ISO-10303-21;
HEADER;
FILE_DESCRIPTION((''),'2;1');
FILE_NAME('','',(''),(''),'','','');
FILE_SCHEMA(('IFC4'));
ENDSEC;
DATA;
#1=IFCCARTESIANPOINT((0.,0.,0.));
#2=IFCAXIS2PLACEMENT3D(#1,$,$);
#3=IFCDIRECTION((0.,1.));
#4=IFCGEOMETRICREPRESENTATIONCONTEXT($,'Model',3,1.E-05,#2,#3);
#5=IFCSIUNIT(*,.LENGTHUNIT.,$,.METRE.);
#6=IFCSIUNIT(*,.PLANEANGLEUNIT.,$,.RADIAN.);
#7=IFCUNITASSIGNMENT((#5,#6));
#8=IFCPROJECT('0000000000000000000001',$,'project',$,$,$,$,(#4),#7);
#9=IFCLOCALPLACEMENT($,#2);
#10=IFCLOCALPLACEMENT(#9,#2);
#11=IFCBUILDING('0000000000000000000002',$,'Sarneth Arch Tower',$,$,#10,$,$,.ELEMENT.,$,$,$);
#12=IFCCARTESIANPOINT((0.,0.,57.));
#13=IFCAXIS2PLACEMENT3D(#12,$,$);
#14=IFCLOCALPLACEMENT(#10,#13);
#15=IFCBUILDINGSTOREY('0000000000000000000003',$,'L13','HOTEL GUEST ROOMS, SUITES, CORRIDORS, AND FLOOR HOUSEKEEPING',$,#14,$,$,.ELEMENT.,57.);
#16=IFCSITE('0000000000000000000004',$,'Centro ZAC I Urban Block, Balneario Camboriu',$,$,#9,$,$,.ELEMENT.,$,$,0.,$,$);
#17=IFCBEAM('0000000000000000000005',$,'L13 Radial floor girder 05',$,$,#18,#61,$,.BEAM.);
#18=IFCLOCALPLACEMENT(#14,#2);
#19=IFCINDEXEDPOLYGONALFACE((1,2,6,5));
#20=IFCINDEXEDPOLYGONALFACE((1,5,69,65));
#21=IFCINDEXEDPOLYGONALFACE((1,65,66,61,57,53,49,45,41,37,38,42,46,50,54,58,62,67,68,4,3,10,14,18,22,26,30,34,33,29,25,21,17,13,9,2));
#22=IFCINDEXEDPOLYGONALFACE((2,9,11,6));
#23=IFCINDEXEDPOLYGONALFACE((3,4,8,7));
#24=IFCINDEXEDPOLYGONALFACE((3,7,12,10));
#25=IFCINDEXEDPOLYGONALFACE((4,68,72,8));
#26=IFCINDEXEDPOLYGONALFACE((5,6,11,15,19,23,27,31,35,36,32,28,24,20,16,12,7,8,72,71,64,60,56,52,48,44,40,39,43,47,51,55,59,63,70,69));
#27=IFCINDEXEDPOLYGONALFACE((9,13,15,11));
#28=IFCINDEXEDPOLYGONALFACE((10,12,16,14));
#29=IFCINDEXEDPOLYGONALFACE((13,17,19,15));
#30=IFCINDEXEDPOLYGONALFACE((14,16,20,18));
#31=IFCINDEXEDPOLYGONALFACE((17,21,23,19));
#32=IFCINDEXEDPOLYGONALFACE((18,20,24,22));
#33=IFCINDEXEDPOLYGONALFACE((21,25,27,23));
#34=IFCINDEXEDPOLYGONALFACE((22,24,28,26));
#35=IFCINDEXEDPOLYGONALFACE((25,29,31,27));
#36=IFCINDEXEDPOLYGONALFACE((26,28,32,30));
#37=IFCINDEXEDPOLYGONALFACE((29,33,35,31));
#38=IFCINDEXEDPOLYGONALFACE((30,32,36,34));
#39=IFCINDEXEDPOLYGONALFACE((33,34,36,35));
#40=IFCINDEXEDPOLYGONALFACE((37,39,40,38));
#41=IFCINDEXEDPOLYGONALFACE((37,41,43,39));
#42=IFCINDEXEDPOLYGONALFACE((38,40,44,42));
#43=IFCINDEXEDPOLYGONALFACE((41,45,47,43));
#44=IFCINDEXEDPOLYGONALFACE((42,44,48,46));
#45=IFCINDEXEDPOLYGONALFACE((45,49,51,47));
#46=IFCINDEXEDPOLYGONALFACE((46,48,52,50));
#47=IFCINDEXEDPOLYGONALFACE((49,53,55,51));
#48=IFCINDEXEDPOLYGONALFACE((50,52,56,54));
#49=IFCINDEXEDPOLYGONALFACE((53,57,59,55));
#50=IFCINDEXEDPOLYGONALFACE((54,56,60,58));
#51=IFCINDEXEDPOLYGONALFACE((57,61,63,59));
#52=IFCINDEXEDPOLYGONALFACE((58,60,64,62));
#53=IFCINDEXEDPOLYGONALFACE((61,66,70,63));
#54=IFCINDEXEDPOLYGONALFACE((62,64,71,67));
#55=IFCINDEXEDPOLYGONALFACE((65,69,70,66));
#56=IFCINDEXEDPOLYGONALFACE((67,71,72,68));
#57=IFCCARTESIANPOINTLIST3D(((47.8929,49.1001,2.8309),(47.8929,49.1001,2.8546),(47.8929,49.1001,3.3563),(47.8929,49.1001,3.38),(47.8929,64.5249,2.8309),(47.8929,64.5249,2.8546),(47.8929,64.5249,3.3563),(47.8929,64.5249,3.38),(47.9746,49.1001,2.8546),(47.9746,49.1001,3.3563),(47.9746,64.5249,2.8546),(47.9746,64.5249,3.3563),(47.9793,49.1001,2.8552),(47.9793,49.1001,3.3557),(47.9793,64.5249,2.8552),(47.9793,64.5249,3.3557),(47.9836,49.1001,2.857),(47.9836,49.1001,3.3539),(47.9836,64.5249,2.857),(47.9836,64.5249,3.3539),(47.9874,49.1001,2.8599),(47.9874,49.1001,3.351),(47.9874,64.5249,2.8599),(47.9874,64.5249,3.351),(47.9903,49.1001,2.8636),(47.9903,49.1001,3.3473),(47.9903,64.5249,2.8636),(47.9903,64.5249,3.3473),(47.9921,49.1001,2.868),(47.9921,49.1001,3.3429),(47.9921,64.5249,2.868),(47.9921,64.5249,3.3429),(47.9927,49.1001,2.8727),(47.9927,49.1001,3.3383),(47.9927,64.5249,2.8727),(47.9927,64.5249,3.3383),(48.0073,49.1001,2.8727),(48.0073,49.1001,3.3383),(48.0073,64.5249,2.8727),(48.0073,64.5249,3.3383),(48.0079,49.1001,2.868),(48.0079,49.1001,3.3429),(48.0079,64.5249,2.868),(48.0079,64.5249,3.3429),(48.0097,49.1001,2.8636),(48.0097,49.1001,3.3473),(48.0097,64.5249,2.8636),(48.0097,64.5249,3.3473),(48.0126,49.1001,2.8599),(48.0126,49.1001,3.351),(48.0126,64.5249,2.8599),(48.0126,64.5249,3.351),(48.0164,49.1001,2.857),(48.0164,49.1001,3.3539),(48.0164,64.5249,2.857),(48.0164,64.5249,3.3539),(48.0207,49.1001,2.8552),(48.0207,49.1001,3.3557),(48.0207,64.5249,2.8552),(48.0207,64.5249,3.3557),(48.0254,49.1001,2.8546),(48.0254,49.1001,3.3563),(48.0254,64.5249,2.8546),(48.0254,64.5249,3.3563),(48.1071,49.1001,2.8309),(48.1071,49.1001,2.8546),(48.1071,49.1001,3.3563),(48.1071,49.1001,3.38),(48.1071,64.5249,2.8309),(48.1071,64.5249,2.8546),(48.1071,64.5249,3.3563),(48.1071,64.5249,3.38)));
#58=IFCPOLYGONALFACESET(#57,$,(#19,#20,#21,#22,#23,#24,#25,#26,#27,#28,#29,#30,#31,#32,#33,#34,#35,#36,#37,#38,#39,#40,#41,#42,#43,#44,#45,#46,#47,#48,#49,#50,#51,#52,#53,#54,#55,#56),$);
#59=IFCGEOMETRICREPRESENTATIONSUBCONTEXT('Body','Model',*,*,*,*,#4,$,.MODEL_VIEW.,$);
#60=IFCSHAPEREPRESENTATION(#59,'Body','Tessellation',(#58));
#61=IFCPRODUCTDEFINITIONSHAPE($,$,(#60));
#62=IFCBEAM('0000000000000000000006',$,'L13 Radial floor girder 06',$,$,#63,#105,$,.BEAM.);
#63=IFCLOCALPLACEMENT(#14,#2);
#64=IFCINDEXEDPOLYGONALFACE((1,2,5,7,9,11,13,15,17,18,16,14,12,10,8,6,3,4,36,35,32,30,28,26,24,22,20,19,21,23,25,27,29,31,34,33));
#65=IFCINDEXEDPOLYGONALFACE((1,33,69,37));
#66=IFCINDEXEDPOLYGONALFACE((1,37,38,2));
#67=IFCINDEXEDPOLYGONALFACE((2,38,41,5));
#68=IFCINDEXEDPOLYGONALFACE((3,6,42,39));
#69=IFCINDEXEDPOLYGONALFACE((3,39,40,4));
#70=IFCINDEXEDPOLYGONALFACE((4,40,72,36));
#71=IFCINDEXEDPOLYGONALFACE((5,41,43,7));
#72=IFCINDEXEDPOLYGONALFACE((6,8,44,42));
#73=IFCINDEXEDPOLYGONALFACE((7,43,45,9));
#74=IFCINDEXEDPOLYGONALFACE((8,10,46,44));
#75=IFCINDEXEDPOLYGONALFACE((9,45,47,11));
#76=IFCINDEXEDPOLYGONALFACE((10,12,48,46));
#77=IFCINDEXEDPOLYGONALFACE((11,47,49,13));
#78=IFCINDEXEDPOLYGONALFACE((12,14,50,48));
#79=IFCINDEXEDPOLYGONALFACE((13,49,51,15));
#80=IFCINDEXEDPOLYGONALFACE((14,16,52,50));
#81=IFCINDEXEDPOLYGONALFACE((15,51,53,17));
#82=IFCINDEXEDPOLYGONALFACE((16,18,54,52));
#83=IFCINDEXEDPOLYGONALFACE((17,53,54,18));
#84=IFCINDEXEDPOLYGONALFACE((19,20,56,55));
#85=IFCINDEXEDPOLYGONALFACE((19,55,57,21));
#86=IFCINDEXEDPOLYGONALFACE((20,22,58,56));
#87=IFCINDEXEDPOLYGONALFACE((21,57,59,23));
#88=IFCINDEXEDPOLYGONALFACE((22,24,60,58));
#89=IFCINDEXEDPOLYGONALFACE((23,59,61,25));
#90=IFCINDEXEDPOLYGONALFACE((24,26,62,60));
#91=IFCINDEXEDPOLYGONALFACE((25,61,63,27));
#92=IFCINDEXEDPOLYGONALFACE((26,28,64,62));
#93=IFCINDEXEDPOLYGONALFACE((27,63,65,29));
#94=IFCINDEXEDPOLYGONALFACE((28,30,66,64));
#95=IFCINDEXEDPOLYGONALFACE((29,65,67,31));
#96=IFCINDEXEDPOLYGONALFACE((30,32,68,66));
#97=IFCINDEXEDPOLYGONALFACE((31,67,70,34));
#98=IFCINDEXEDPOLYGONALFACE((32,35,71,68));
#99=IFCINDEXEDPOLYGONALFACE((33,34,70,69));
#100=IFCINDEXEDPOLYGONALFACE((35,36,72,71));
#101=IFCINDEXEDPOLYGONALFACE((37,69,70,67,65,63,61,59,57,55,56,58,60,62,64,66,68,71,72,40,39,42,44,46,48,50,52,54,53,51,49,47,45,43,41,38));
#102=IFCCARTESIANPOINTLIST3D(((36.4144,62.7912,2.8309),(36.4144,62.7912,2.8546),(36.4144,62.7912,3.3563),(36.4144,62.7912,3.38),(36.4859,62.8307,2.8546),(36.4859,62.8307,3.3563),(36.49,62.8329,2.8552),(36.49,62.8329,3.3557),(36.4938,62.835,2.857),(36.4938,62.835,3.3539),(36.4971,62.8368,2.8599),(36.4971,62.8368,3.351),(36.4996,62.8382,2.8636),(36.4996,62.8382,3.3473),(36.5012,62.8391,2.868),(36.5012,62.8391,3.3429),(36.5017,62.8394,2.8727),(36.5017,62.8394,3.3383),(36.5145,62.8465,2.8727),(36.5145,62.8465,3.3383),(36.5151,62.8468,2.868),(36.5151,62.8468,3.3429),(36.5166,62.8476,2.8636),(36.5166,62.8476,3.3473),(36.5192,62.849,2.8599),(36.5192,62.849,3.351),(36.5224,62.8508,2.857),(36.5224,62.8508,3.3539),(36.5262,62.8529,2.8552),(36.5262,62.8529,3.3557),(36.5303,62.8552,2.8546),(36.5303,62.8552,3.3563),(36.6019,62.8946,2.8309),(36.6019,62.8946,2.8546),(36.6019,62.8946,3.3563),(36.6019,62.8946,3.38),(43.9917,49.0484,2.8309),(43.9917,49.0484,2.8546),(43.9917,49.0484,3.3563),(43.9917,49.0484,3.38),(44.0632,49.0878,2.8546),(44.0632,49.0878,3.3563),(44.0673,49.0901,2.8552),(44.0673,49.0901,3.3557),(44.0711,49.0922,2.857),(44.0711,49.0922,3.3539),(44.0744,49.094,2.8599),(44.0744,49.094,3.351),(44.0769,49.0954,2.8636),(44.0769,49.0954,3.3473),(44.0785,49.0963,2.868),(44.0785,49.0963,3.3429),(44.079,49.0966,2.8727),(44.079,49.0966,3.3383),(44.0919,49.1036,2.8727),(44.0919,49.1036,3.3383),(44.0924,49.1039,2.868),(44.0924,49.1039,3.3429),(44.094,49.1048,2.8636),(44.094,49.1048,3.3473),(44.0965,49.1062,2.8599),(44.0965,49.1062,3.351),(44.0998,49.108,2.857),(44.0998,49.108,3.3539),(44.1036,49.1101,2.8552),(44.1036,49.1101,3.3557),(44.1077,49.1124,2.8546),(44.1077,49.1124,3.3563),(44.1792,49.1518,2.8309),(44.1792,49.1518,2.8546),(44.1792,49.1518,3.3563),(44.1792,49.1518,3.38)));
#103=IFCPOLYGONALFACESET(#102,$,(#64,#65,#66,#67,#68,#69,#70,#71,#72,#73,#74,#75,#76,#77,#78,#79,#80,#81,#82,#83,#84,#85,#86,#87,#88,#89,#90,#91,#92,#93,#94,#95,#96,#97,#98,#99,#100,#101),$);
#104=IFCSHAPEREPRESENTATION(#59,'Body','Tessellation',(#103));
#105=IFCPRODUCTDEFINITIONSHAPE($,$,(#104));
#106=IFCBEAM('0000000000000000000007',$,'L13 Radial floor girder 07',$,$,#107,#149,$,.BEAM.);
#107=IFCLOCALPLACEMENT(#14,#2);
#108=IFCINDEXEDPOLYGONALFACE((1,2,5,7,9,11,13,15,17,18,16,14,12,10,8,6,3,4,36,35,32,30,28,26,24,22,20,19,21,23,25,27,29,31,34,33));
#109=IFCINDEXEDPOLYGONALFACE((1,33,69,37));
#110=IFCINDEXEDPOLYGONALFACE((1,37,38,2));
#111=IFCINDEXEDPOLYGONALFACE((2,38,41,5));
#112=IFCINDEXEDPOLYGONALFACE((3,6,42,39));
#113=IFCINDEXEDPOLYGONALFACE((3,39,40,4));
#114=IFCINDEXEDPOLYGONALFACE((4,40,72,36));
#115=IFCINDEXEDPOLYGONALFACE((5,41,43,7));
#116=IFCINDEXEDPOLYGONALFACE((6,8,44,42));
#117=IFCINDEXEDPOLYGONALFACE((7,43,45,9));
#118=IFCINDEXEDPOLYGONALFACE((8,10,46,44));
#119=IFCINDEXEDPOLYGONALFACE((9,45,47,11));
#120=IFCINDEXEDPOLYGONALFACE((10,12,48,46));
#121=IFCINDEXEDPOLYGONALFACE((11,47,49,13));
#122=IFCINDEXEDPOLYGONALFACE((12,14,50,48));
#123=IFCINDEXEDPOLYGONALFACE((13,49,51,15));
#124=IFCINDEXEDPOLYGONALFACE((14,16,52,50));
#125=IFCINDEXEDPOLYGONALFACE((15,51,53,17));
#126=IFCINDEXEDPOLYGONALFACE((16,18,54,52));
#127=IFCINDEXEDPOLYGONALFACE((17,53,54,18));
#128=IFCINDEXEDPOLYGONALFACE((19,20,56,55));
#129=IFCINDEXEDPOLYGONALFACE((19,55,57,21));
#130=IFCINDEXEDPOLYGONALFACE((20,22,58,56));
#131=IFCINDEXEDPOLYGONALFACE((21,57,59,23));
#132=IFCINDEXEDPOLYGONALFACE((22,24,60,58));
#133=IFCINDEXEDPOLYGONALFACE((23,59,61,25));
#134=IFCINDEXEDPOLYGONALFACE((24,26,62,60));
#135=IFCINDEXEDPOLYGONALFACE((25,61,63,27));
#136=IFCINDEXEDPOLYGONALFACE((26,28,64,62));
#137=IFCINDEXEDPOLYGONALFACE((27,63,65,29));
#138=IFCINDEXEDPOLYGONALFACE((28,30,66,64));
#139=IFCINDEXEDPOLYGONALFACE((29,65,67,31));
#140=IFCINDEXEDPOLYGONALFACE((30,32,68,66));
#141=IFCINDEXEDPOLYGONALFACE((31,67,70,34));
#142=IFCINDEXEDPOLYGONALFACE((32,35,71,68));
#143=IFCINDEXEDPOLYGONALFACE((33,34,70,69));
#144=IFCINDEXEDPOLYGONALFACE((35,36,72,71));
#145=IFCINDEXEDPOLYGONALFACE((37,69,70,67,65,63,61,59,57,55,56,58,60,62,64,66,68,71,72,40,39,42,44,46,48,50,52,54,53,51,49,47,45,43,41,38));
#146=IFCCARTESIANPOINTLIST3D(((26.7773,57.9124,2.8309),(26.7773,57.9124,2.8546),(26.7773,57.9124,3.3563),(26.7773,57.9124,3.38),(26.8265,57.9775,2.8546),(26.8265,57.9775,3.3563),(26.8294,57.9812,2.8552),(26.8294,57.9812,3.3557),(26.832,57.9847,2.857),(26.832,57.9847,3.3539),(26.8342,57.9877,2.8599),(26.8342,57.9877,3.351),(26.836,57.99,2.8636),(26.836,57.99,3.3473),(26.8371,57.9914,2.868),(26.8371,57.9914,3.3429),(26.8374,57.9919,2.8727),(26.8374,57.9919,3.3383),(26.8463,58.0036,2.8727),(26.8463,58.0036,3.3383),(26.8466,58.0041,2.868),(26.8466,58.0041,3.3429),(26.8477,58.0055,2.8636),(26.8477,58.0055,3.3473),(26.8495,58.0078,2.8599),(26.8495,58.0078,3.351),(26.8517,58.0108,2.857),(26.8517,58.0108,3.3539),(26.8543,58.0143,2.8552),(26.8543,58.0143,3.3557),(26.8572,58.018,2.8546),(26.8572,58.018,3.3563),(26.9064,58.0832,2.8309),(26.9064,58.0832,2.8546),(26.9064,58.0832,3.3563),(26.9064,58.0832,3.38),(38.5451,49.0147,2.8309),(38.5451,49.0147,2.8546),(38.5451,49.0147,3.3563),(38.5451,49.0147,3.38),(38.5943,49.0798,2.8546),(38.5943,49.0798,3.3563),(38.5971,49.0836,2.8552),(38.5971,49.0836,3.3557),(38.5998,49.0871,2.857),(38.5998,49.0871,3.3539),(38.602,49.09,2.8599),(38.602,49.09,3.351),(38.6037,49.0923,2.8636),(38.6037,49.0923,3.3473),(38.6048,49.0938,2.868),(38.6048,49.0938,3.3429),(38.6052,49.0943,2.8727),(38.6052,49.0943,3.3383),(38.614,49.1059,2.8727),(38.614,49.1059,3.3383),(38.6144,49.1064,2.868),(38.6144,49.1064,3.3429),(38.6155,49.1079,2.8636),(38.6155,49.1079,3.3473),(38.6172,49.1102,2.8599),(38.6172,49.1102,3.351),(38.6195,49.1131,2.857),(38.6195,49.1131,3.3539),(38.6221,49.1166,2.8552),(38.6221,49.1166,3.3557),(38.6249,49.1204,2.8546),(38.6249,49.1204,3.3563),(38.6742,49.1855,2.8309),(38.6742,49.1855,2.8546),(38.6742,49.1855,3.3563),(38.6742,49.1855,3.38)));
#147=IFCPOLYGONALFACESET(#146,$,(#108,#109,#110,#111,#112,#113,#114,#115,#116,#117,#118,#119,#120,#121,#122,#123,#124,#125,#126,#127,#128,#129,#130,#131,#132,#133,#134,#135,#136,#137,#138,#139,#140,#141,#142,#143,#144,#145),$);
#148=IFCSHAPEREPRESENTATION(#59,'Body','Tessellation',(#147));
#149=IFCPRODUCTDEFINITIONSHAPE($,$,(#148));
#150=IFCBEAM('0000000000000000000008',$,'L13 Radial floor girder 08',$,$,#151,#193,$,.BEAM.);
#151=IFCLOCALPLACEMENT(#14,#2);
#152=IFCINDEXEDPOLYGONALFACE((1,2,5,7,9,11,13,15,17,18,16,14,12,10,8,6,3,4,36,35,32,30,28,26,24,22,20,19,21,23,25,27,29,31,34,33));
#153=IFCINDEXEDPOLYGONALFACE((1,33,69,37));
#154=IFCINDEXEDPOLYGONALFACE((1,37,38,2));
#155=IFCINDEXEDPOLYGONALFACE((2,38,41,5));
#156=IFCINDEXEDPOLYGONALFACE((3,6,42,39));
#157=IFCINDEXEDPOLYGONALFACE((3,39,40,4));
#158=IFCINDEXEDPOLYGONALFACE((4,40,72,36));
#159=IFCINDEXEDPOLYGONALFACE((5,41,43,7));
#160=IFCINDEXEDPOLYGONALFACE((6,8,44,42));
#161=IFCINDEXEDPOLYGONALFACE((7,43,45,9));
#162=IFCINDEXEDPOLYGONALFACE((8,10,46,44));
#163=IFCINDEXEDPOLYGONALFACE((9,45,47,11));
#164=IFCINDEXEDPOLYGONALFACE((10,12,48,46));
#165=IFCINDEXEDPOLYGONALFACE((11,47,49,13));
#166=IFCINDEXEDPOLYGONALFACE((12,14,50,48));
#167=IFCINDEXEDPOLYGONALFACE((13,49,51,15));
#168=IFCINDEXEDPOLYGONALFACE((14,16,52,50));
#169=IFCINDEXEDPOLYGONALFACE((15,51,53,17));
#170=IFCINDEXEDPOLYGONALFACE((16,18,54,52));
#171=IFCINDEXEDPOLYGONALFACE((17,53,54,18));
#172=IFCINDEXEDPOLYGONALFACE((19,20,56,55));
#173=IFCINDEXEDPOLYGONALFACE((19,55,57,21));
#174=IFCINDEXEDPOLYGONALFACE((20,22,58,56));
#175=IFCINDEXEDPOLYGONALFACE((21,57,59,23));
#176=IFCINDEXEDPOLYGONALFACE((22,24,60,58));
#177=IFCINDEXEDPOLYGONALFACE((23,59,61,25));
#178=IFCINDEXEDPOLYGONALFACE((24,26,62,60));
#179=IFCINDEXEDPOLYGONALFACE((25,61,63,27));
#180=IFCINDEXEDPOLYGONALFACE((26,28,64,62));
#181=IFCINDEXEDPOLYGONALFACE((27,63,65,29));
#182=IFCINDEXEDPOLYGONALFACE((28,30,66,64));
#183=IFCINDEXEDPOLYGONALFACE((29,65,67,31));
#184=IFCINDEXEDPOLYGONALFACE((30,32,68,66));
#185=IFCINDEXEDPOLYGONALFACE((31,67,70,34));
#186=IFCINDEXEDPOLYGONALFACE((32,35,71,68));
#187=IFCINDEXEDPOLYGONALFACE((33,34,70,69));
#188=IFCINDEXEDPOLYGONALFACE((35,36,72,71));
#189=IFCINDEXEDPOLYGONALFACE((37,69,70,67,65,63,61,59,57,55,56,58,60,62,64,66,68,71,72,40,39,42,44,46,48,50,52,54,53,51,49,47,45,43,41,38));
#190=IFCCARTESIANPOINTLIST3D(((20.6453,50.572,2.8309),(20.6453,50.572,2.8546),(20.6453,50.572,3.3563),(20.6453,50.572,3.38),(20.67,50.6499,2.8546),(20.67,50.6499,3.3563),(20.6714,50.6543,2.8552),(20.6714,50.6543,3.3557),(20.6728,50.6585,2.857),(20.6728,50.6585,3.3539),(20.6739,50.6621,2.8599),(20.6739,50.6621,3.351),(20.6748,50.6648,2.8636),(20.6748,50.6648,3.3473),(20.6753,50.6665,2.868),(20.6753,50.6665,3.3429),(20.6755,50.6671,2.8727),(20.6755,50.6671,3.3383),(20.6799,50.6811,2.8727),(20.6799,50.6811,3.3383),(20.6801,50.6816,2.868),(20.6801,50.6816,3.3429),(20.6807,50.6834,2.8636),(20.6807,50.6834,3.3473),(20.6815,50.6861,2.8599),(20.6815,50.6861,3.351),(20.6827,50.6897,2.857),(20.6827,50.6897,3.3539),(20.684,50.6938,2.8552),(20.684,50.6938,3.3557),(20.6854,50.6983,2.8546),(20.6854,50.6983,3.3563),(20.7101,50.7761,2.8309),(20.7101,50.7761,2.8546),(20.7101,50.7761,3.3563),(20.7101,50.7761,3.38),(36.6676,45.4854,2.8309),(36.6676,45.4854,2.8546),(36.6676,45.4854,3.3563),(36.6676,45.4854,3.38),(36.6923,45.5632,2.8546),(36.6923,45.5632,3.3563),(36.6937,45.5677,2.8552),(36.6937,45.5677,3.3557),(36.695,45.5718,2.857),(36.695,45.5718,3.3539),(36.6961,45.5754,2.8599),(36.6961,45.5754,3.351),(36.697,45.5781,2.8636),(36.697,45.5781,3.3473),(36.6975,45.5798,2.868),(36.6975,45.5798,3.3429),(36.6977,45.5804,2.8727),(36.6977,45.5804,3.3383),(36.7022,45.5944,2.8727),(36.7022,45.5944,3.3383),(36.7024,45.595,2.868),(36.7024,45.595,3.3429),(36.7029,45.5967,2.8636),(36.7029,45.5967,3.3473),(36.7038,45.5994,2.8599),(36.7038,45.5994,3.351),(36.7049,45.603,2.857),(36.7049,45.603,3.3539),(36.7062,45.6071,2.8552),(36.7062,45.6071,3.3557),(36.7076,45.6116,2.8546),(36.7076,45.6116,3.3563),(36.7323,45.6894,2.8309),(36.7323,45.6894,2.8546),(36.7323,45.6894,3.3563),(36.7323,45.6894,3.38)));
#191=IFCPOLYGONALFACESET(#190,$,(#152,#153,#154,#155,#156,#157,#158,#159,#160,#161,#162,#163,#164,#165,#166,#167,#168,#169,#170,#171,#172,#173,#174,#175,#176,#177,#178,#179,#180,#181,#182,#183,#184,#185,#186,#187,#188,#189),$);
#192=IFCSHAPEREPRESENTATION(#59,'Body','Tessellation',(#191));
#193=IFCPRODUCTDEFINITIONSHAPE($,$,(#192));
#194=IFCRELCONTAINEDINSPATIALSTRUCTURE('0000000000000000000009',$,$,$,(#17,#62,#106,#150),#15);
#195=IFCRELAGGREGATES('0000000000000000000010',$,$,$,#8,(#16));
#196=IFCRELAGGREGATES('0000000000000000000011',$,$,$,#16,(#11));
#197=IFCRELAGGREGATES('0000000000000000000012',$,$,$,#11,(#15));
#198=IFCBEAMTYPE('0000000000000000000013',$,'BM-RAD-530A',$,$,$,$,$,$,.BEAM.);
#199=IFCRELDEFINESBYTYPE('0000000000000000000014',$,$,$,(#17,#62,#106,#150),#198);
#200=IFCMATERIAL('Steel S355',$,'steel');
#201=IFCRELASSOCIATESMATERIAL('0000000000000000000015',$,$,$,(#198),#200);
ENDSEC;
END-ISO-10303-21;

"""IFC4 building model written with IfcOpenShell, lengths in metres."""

from ifc_helpers import new_model, si_unit, direction, frame, origin, origin_2d, place, context, subcontext, project, spatial, i_section, extrude, material, material_profile, profile_set, type_object, element, save


model = new_model("IFC4")

# Units and contexts
model_context = context("Model", 3, precision=1e-05, world=origin(), true_north=direction((0.0, 1.0)))
body_context = subcontext(model_context, "Body", "Model", "MODEL_VIEW")
ifc_project = project(units=[si_unit("LENGTHUNIT", "METRE"), si_unit("PLANEANGLEUNIT", "RADIAN")], contexts=[model_context])

# Site, building, storey
site_placement = place(None, origin())
site = spatial("IfcSite", under=ifc_project, at=site_placement, Name="Centro ZAC I Urban Block, Balneario Camboriu", CompositionType="ELEMENT", RefElevation=0.0)
building_placement = place(site_placement, origin())
building = spatial("IfcBuilding", under=site, at=building_placement, Name="Sarneth Arch Tower", CompositionType="ELEMENT")
storey_placement = place(building_placement, frame((0.0, 0.0, 57.0)))
storey = spatial("IfcBuildingStorey", under=building, at=storey_placement, Name="L13", Description="HOTEL GUEST ROOMS, SUITES, CORRIDORS, AND FLOOR HOUSEKEEPING", CompositionType="ELEMENT", Elevation=57.0)

# Beams
ifc_material_1 = material(Name="Steel S355", Category="steel")
ifc_material_profile = material_profile(ifc_material_1, i_section(OverallWidth=0.2141, OverallDepth=0.5491, WebThickness=0.0146, FlangeThickness=0.0237, FilletRadius=0.0181, at=origin_2d()), Name="W530x138")
ifc_profile_set = profile_set([ifc_material_profile], Name="Steel S355")
beam_type = type_object("IfcBeamType", Name="BM-RAD-530A", PredefinedType="BEAM", material=ifc_profile_set)
beam_1_placement = place(storey_placement, frame((48.0, 49.1001, 3.1055), z_axis=(0.0, 1.0, 0.0), x_axis=(-1.0, 0.0, 0.0)))
element("IfcBeam", 1, at=beam_1_placement, inside=storey, type_object=beam_type, Name="L13 Radial floor girder 05", PredefinedType="BEAM", context=body_context, shape_type="SweptSolid", body=[
    extrude(i_section(OverallWidth=0.2141, OverallDepth=0.5491, WebThickness=0.0146, FlangeThickness=0.0237, FilletRadius=0.0181, at=origin_2d()), origin(), (0.0, 0.0, 1.0), 15.4248),
])
beam_2_placement = place(storey_placement, frame((44.0854, 49.1001, 3.1055), z_axis=(-0.482838, 0.87571, 0.0), x_axis=(-0.87571, -0.482838, 0.0)))
element("IfcBeam", 2, at=beam_2_placement, inside=storey, type_object=beam_type, Name="L13 Radial floor girder 06", PredefinedType="BEAM", context=body_context, shape_type="SweptSolid", body=[
    extrude(i_section(OverallWidth=0.2141, OverallDepth=0.5491, WebThickness=0.0146, FlangeThickness=0.0237, FilletRadius=0.0181, at=origin_2d()), origin(), (0.0, 0.0, 1.0), 15.6934),
])
beam_3_placement = place(storey_placement, frame((38.6096, 49.1001, 3.1055), z_axis=(-0.797657, 0.603112, 0.0), x_axis=(-0.603112, -0.797657, 0.0)))
element("IfcBeam", 3, at=beam_3_placement, inside=storey, type_object=beam_type, Name="L13 Radial floor girder 07", PredefinedType="BEAM", context=body_context, shape_type="SweptSolid", body=[
    extrude(i_section(OverallWidth=0.2141, OverallDepth=0.5491, WebThickness=0.0146, FlangeThickness=0.0237, FilletRadius=0.0181, at=origin_2d()), origin(), (0.0, 0.0, 1.0), 14.7529),
])
beam_4_placement = place(storey_placement, frame((36.7, 45.5874, 3.1055), z_axis=(-0.95312, 0.302593, 0.0), x_axis=(-0.302593, -0.95312, 0.0)))
element("IfcBeam", 4, at=beam_4_placement, inside=storey, type_object=beam_type, Name="L13 Radial floor girder 08", PredefinedType="BEAM", context=body_context, shape_type="SweptSolid", body=[
    extrude(i_section(OverallWidth=0.2141, OverallDepth=0.5491, WebThickness=0.0146, FlangeThickness=0.0237, FilletRadius=0.0181, at=origin_2d()), origin(), (0.0, 0.0, 1.0), 16.8103),
])

save(model, "model.ifc")
